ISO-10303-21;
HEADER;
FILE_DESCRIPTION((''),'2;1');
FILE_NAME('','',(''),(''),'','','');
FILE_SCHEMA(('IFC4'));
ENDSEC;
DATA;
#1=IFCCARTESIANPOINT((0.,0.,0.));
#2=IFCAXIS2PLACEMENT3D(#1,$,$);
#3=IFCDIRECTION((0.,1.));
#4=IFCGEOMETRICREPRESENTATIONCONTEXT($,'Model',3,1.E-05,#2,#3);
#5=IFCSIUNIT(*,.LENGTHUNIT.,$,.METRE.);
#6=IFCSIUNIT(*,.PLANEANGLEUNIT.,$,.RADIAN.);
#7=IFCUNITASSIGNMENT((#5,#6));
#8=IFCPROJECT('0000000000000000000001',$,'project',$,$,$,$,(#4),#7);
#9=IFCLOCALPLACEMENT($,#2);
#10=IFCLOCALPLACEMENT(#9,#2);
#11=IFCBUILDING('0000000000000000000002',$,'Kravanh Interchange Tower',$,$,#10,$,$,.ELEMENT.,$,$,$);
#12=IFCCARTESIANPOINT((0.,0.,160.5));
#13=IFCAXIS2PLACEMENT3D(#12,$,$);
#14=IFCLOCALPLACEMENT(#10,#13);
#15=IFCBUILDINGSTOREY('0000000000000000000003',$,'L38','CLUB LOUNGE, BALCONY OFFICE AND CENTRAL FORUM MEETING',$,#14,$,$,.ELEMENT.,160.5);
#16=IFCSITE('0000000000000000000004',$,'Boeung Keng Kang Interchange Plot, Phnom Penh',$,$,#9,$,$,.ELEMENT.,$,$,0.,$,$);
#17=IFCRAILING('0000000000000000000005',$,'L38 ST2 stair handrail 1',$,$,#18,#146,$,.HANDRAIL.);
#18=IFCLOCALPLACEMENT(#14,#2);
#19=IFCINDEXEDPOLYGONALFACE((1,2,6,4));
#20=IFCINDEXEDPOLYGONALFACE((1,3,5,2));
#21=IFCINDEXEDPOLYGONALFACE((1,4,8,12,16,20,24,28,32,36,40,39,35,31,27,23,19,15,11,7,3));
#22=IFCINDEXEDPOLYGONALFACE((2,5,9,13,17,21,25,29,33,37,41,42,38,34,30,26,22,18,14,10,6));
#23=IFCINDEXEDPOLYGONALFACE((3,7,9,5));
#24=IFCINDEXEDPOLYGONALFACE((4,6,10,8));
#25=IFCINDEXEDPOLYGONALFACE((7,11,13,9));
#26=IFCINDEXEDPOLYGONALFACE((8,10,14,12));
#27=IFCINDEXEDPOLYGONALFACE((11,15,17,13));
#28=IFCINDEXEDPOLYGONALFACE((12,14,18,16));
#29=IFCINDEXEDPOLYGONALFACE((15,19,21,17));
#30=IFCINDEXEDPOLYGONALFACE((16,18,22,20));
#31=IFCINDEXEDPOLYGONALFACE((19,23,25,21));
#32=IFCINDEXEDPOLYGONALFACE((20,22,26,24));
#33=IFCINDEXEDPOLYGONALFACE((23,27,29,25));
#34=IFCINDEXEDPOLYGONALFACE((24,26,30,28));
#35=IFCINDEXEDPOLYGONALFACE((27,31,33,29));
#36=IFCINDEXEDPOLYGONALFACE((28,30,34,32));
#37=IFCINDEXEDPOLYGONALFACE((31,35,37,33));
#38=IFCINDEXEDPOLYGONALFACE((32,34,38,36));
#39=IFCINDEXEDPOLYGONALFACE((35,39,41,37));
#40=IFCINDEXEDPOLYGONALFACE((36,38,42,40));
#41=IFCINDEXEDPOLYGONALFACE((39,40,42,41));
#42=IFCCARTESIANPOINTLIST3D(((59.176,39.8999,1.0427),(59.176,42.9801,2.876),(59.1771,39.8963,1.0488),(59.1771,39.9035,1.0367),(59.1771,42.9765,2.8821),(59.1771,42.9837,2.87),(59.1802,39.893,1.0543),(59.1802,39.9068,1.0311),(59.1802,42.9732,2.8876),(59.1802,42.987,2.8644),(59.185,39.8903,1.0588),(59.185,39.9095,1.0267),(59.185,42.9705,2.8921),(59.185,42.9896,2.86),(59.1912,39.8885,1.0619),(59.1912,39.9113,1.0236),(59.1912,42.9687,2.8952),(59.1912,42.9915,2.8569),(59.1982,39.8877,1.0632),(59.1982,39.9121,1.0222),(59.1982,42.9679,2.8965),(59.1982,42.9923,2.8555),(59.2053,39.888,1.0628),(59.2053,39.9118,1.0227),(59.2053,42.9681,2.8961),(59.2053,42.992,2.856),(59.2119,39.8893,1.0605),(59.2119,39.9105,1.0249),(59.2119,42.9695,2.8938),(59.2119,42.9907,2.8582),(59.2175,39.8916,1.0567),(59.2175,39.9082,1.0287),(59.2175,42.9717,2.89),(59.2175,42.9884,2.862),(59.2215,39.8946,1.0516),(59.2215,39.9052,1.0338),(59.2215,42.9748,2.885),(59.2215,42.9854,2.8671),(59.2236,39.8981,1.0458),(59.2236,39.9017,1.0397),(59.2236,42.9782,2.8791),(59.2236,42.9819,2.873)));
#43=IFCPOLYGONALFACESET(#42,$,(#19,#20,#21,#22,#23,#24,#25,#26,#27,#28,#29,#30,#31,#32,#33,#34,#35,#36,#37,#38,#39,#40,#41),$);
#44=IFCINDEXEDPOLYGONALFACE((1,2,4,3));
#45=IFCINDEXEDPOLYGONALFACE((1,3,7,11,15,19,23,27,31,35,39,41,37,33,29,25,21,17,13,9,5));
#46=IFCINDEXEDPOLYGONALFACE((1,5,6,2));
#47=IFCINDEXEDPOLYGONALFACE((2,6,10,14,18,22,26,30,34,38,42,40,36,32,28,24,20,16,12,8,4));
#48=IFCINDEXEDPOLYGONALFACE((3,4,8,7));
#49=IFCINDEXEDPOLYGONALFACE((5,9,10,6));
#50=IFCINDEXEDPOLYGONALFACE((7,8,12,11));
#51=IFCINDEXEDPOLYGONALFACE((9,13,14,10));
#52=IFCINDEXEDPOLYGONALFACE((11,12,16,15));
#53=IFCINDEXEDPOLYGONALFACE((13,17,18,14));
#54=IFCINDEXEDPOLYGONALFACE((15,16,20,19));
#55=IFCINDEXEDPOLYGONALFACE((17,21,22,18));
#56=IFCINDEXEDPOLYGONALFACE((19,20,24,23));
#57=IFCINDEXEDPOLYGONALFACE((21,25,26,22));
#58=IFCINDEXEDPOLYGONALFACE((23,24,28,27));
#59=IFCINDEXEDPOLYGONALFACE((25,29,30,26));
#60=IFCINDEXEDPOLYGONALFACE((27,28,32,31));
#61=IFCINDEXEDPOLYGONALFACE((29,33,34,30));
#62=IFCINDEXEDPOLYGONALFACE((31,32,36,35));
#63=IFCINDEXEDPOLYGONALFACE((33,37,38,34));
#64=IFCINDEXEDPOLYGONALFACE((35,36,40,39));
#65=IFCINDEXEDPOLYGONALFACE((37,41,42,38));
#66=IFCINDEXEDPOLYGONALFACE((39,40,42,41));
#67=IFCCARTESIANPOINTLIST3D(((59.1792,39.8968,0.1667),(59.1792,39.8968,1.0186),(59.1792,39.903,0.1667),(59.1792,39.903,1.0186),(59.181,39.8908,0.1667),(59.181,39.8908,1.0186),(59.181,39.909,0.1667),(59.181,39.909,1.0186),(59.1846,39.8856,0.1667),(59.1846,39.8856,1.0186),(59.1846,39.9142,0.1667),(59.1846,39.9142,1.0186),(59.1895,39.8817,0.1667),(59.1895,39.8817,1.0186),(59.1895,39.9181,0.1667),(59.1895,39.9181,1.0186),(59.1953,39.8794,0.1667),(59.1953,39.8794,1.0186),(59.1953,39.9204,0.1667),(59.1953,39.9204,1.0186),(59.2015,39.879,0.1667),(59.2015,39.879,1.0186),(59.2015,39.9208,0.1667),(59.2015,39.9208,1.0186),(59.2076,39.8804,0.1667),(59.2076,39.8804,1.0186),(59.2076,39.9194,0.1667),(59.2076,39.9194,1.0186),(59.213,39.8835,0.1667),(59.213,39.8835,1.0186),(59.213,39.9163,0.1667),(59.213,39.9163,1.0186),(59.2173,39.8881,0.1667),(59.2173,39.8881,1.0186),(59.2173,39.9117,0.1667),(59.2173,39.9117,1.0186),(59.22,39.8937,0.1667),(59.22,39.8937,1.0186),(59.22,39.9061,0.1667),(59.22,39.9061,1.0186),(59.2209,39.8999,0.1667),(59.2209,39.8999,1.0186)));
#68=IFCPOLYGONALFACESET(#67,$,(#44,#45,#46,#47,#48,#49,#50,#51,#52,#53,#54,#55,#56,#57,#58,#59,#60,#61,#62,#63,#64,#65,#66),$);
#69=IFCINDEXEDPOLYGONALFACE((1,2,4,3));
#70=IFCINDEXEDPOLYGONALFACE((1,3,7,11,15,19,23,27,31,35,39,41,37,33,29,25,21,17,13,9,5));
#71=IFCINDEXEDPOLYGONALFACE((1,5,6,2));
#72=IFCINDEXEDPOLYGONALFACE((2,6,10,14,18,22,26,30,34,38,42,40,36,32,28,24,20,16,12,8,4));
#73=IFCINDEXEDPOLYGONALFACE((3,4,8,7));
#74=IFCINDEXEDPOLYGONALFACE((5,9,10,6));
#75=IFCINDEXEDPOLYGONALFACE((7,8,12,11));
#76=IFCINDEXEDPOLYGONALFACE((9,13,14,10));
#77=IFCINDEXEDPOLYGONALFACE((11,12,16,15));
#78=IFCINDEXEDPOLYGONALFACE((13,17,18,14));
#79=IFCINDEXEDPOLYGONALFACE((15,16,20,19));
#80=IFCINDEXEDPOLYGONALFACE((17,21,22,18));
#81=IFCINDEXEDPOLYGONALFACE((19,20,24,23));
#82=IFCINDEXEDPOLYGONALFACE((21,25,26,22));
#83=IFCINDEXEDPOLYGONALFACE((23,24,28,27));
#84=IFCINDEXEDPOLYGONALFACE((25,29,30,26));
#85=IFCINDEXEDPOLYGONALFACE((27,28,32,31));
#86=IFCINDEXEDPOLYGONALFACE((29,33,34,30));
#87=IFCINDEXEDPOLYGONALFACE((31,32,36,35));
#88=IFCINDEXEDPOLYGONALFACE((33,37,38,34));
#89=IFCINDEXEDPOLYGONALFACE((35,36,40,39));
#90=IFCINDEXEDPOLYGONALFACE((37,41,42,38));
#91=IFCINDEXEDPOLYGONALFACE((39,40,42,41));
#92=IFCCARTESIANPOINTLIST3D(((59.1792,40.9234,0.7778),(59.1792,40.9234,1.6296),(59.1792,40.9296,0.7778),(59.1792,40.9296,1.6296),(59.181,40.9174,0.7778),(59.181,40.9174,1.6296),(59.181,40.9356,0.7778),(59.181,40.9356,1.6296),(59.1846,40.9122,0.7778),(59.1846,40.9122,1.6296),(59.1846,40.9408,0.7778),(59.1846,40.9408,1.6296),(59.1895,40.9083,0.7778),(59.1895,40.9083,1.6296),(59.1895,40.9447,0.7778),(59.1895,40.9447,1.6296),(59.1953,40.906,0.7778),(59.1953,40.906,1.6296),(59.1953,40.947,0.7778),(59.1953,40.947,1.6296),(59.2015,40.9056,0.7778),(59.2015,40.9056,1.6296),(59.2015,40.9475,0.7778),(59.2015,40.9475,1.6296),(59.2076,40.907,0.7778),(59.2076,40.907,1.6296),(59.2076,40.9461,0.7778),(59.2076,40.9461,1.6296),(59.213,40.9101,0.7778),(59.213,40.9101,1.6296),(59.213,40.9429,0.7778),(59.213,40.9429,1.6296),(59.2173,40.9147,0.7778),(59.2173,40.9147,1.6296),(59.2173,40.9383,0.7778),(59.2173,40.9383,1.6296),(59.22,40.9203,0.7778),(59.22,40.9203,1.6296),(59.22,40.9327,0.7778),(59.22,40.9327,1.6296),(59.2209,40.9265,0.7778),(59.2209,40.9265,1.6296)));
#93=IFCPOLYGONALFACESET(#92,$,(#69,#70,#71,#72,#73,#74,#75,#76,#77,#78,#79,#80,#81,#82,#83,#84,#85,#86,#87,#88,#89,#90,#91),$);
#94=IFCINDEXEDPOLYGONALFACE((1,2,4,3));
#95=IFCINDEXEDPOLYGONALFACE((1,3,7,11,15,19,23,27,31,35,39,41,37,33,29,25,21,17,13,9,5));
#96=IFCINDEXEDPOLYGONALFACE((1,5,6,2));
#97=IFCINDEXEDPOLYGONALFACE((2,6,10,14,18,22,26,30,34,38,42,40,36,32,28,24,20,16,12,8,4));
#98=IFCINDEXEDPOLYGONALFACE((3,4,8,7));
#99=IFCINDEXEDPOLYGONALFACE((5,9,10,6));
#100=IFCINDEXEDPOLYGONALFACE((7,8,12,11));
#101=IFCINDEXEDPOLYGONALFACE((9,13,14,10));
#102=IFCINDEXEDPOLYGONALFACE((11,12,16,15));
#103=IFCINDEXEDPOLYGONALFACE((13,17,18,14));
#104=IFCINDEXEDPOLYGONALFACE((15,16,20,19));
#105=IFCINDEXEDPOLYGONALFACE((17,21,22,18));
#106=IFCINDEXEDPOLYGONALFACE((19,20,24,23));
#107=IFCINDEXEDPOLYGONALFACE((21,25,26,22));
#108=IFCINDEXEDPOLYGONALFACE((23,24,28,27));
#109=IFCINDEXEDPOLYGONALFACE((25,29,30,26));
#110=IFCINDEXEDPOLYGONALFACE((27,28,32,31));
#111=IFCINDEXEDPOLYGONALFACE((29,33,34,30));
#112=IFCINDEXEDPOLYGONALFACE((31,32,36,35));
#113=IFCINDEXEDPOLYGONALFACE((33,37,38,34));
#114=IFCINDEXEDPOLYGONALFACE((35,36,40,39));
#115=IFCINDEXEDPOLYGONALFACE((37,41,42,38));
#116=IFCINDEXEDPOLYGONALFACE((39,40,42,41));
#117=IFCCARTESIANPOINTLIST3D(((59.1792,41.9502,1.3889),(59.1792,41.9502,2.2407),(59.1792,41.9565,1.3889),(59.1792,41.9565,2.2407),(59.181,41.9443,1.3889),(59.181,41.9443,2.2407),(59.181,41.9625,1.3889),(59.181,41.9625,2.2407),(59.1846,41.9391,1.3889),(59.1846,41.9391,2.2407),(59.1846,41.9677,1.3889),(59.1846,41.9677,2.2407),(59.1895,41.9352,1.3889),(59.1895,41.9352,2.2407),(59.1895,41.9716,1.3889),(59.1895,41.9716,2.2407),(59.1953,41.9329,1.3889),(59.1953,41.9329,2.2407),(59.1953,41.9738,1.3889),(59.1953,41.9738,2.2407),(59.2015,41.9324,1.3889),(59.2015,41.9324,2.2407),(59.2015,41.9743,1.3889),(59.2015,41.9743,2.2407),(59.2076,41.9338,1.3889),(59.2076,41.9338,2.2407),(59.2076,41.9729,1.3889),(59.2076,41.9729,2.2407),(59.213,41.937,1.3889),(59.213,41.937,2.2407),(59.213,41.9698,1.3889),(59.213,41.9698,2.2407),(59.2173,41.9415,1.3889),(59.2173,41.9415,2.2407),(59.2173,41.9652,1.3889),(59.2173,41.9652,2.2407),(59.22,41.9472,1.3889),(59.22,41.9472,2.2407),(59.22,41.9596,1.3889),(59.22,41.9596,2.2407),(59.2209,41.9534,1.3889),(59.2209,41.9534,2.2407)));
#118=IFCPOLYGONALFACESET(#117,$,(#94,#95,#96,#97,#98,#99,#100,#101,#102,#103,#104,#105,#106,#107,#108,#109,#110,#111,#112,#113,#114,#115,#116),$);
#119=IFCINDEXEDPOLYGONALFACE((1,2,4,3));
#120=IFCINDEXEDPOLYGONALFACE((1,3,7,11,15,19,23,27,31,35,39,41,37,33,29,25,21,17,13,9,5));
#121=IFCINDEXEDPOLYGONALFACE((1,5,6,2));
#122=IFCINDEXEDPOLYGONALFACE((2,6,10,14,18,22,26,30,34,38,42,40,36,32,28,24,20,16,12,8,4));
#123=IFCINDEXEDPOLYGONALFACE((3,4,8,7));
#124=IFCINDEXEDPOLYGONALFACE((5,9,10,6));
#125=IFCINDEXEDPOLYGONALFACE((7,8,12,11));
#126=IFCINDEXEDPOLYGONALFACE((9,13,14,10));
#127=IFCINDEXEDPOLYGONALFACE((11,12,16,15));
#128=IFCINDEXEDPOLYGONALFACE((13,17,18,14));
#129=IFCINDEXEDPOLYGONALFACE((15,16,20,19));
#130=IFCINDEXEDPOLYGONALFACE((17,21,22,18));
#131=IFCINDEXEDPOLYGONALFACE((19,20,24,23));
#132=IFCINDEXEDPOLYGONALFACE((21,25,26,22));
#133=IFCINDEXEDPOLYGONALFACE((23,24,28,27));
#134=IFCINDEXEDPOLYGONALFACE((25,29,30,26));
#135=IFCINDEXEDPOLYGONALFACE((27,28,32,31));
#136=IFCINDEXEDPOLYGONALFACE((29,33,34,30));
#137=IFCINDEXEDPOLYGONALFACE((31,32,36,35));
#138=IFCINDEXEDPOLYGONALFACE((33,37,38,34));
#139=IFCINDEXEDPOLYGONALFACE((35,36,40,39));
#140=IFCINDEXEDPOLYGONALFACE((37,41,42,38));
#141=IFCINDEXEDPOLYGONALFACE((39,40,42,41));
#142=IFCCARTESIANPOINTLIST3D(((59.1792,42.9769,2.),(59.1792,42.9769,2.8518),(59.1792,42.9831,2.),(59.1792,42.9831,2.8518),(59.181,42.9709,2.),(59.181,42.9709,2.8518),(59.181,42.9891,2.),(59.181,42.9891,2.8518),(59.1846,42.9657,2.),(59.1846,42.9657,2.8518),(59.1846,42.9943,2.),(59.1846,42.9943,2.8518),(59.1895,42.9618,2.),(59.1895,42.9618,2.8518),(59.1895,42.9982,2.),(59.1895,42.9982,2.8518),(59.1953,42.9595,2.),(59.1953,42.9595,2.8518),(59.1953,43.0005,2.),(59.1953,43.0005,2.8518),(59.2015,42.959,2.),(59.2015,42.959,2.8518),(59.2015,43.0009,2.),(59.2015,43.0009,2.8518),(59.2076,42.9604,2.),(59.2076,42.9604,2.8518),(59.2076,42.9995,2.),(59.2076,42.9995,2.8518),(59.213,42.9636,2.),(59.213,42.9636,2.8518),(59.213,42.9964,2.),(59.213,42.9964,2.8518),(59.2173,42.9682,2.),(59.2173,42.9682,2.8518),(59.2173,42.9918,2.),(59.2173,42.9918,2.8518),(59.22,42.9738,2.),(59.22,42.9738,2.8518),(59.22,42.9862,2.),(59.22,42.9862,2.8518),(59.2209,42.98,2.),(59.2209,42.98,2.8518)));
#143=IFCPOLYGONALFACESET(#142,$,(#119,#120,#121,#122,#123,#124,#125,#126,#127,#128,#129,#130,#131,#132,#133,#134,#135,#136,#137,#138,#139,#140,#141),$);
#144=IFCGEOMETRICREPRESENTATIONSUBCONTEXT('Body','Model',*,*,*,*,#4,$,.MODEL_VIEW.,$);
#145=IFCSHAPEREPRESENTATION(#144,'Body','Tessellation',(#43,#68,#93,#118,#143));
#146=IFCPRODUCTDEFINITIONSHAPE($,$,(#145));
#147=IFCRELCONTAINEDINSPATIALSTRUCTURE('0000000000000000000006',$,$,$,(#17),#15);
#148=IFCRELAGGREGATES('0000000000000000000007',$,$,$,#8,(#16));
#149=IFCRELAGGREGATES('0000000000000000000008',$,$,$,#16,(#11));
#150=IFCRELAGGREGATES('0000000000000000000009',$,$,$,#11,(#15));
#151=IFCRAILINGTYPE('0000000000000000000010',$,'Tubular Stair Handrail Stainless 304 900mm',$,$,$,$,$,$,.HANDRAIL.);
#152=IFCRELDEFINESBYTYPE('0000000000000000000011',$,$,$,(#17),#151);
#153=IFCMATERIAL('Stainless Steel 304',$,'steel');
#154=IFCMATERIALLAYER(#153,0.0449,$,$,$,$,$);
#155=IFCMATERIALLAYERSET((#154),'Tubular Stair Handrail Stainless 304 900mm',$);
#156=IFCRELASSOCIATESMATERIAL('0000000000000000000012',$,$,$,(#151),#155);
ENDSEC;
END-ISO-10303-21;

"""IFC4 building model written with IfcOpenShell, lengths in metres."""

from ifc_helpers import new_model, si_unit, direction, frame, origin, origin_2d, place, context, subcontext, project, spatial, circle, extrude, material, layer, layer_set, type_object, element, save


model = new_model("IFC4")

# Units and contexts
model_context = context("Model", 3, precision=1e-05, world=origin(), true_north=direction((0.0, 1.0)))
body_context = subcontext(model_context, "Body", "Model", "MODEL_VIEW")
ifc_project = project(units=[si_unit("LENGTHUNIT", "METRE"), si_unit("PLANEANGLEUNIT", "RADIAN")], contexts=[model_context])

# Site, building, storey
site_placement = place(None, origin())
site = spatial("IfcSite", under=ifc_project, at=site_placement, Name="Boeung Keng Kang Interchange Plot, Phnom Penh", CompositionType="ELEMENT", RefElevation=0.0)
building_placement = place(site_placement, origin())
building = spatial("IfcBuilding", under=site, at=building_placement, Name="Kravanh Interchange Tower", CompositionType="ELEMENT")
storey_placement = place(building_placement, frame((0.0, 0.0, 160.5)))
storey = spatial("IfcBuildingStorey", under=building, at=storey_placement, Name="L38", Description="CLUB LOUNGE, BALCONY OFFICE AND CENTRAL FORUM MEETING", CompositionType="ELEMENT", Elevation=160.5)

# Railing
ifc_material_1 = material(Name="Stainless Steel 304", Category="steel")
ifc_layer_1 = layer(ifc_material_1, 0.0449)
ifc_layer_set_1 = layer_set([ifc_layer_1], Name="Tubular Stair Handrail Stainless 304 900mm")
railing_type_1 = type_object("IfcRailingType", Name="Tubular Stair Handrail Stainless 304 900mm", PredefinedType="HANDRAIL", material=ifc_layer_set_1)
railing_1_placement = place(storey_placement, frame((59.2, 39.8999, 0.1667)))
element("IfcRailing", 1, at=railing_1_placement, inside=storey, type_object=railing_type_1, Name="L38 ST2 stair handrail 1", PredefinedType="HANDRAIL", context=body_context, shape_type="SweptSolid", body=[
    extrude(circle(Radius=0.0239, at=origin_2d()), frame((0.0, 0.0, 0.876), z_axis=(0.0, 0.859309, 0.511458), x_axis=(-1.0, 0.0, 0.0)), (0.0, 0.0, 1.0), 3.5845),
    extrude(circle(Radius=0.021, at=origin_2d()), origin(), (0.0, 0.0, 1.0), 0.8518),
    extrude(circle(Radius=0.021, at=origin_2d()), frame((0.0, 1.0266, 0.6111)), (0.0, 0.0, 1.0), 0.8518),
    extrude(circle(Radius=0.021, at=origin_2d()), frame((0.0, 2.0535, 1.2222)), (0.0, 0.0, 1.0), 0.8518),
    extrude(circle(Radius=0.021, at=origin_2d()), frame((0.0, 3.0801, 1.8333)), (0.0, 0.0, 1.0), 0.8518),
])

save(model, "model.ifc")
